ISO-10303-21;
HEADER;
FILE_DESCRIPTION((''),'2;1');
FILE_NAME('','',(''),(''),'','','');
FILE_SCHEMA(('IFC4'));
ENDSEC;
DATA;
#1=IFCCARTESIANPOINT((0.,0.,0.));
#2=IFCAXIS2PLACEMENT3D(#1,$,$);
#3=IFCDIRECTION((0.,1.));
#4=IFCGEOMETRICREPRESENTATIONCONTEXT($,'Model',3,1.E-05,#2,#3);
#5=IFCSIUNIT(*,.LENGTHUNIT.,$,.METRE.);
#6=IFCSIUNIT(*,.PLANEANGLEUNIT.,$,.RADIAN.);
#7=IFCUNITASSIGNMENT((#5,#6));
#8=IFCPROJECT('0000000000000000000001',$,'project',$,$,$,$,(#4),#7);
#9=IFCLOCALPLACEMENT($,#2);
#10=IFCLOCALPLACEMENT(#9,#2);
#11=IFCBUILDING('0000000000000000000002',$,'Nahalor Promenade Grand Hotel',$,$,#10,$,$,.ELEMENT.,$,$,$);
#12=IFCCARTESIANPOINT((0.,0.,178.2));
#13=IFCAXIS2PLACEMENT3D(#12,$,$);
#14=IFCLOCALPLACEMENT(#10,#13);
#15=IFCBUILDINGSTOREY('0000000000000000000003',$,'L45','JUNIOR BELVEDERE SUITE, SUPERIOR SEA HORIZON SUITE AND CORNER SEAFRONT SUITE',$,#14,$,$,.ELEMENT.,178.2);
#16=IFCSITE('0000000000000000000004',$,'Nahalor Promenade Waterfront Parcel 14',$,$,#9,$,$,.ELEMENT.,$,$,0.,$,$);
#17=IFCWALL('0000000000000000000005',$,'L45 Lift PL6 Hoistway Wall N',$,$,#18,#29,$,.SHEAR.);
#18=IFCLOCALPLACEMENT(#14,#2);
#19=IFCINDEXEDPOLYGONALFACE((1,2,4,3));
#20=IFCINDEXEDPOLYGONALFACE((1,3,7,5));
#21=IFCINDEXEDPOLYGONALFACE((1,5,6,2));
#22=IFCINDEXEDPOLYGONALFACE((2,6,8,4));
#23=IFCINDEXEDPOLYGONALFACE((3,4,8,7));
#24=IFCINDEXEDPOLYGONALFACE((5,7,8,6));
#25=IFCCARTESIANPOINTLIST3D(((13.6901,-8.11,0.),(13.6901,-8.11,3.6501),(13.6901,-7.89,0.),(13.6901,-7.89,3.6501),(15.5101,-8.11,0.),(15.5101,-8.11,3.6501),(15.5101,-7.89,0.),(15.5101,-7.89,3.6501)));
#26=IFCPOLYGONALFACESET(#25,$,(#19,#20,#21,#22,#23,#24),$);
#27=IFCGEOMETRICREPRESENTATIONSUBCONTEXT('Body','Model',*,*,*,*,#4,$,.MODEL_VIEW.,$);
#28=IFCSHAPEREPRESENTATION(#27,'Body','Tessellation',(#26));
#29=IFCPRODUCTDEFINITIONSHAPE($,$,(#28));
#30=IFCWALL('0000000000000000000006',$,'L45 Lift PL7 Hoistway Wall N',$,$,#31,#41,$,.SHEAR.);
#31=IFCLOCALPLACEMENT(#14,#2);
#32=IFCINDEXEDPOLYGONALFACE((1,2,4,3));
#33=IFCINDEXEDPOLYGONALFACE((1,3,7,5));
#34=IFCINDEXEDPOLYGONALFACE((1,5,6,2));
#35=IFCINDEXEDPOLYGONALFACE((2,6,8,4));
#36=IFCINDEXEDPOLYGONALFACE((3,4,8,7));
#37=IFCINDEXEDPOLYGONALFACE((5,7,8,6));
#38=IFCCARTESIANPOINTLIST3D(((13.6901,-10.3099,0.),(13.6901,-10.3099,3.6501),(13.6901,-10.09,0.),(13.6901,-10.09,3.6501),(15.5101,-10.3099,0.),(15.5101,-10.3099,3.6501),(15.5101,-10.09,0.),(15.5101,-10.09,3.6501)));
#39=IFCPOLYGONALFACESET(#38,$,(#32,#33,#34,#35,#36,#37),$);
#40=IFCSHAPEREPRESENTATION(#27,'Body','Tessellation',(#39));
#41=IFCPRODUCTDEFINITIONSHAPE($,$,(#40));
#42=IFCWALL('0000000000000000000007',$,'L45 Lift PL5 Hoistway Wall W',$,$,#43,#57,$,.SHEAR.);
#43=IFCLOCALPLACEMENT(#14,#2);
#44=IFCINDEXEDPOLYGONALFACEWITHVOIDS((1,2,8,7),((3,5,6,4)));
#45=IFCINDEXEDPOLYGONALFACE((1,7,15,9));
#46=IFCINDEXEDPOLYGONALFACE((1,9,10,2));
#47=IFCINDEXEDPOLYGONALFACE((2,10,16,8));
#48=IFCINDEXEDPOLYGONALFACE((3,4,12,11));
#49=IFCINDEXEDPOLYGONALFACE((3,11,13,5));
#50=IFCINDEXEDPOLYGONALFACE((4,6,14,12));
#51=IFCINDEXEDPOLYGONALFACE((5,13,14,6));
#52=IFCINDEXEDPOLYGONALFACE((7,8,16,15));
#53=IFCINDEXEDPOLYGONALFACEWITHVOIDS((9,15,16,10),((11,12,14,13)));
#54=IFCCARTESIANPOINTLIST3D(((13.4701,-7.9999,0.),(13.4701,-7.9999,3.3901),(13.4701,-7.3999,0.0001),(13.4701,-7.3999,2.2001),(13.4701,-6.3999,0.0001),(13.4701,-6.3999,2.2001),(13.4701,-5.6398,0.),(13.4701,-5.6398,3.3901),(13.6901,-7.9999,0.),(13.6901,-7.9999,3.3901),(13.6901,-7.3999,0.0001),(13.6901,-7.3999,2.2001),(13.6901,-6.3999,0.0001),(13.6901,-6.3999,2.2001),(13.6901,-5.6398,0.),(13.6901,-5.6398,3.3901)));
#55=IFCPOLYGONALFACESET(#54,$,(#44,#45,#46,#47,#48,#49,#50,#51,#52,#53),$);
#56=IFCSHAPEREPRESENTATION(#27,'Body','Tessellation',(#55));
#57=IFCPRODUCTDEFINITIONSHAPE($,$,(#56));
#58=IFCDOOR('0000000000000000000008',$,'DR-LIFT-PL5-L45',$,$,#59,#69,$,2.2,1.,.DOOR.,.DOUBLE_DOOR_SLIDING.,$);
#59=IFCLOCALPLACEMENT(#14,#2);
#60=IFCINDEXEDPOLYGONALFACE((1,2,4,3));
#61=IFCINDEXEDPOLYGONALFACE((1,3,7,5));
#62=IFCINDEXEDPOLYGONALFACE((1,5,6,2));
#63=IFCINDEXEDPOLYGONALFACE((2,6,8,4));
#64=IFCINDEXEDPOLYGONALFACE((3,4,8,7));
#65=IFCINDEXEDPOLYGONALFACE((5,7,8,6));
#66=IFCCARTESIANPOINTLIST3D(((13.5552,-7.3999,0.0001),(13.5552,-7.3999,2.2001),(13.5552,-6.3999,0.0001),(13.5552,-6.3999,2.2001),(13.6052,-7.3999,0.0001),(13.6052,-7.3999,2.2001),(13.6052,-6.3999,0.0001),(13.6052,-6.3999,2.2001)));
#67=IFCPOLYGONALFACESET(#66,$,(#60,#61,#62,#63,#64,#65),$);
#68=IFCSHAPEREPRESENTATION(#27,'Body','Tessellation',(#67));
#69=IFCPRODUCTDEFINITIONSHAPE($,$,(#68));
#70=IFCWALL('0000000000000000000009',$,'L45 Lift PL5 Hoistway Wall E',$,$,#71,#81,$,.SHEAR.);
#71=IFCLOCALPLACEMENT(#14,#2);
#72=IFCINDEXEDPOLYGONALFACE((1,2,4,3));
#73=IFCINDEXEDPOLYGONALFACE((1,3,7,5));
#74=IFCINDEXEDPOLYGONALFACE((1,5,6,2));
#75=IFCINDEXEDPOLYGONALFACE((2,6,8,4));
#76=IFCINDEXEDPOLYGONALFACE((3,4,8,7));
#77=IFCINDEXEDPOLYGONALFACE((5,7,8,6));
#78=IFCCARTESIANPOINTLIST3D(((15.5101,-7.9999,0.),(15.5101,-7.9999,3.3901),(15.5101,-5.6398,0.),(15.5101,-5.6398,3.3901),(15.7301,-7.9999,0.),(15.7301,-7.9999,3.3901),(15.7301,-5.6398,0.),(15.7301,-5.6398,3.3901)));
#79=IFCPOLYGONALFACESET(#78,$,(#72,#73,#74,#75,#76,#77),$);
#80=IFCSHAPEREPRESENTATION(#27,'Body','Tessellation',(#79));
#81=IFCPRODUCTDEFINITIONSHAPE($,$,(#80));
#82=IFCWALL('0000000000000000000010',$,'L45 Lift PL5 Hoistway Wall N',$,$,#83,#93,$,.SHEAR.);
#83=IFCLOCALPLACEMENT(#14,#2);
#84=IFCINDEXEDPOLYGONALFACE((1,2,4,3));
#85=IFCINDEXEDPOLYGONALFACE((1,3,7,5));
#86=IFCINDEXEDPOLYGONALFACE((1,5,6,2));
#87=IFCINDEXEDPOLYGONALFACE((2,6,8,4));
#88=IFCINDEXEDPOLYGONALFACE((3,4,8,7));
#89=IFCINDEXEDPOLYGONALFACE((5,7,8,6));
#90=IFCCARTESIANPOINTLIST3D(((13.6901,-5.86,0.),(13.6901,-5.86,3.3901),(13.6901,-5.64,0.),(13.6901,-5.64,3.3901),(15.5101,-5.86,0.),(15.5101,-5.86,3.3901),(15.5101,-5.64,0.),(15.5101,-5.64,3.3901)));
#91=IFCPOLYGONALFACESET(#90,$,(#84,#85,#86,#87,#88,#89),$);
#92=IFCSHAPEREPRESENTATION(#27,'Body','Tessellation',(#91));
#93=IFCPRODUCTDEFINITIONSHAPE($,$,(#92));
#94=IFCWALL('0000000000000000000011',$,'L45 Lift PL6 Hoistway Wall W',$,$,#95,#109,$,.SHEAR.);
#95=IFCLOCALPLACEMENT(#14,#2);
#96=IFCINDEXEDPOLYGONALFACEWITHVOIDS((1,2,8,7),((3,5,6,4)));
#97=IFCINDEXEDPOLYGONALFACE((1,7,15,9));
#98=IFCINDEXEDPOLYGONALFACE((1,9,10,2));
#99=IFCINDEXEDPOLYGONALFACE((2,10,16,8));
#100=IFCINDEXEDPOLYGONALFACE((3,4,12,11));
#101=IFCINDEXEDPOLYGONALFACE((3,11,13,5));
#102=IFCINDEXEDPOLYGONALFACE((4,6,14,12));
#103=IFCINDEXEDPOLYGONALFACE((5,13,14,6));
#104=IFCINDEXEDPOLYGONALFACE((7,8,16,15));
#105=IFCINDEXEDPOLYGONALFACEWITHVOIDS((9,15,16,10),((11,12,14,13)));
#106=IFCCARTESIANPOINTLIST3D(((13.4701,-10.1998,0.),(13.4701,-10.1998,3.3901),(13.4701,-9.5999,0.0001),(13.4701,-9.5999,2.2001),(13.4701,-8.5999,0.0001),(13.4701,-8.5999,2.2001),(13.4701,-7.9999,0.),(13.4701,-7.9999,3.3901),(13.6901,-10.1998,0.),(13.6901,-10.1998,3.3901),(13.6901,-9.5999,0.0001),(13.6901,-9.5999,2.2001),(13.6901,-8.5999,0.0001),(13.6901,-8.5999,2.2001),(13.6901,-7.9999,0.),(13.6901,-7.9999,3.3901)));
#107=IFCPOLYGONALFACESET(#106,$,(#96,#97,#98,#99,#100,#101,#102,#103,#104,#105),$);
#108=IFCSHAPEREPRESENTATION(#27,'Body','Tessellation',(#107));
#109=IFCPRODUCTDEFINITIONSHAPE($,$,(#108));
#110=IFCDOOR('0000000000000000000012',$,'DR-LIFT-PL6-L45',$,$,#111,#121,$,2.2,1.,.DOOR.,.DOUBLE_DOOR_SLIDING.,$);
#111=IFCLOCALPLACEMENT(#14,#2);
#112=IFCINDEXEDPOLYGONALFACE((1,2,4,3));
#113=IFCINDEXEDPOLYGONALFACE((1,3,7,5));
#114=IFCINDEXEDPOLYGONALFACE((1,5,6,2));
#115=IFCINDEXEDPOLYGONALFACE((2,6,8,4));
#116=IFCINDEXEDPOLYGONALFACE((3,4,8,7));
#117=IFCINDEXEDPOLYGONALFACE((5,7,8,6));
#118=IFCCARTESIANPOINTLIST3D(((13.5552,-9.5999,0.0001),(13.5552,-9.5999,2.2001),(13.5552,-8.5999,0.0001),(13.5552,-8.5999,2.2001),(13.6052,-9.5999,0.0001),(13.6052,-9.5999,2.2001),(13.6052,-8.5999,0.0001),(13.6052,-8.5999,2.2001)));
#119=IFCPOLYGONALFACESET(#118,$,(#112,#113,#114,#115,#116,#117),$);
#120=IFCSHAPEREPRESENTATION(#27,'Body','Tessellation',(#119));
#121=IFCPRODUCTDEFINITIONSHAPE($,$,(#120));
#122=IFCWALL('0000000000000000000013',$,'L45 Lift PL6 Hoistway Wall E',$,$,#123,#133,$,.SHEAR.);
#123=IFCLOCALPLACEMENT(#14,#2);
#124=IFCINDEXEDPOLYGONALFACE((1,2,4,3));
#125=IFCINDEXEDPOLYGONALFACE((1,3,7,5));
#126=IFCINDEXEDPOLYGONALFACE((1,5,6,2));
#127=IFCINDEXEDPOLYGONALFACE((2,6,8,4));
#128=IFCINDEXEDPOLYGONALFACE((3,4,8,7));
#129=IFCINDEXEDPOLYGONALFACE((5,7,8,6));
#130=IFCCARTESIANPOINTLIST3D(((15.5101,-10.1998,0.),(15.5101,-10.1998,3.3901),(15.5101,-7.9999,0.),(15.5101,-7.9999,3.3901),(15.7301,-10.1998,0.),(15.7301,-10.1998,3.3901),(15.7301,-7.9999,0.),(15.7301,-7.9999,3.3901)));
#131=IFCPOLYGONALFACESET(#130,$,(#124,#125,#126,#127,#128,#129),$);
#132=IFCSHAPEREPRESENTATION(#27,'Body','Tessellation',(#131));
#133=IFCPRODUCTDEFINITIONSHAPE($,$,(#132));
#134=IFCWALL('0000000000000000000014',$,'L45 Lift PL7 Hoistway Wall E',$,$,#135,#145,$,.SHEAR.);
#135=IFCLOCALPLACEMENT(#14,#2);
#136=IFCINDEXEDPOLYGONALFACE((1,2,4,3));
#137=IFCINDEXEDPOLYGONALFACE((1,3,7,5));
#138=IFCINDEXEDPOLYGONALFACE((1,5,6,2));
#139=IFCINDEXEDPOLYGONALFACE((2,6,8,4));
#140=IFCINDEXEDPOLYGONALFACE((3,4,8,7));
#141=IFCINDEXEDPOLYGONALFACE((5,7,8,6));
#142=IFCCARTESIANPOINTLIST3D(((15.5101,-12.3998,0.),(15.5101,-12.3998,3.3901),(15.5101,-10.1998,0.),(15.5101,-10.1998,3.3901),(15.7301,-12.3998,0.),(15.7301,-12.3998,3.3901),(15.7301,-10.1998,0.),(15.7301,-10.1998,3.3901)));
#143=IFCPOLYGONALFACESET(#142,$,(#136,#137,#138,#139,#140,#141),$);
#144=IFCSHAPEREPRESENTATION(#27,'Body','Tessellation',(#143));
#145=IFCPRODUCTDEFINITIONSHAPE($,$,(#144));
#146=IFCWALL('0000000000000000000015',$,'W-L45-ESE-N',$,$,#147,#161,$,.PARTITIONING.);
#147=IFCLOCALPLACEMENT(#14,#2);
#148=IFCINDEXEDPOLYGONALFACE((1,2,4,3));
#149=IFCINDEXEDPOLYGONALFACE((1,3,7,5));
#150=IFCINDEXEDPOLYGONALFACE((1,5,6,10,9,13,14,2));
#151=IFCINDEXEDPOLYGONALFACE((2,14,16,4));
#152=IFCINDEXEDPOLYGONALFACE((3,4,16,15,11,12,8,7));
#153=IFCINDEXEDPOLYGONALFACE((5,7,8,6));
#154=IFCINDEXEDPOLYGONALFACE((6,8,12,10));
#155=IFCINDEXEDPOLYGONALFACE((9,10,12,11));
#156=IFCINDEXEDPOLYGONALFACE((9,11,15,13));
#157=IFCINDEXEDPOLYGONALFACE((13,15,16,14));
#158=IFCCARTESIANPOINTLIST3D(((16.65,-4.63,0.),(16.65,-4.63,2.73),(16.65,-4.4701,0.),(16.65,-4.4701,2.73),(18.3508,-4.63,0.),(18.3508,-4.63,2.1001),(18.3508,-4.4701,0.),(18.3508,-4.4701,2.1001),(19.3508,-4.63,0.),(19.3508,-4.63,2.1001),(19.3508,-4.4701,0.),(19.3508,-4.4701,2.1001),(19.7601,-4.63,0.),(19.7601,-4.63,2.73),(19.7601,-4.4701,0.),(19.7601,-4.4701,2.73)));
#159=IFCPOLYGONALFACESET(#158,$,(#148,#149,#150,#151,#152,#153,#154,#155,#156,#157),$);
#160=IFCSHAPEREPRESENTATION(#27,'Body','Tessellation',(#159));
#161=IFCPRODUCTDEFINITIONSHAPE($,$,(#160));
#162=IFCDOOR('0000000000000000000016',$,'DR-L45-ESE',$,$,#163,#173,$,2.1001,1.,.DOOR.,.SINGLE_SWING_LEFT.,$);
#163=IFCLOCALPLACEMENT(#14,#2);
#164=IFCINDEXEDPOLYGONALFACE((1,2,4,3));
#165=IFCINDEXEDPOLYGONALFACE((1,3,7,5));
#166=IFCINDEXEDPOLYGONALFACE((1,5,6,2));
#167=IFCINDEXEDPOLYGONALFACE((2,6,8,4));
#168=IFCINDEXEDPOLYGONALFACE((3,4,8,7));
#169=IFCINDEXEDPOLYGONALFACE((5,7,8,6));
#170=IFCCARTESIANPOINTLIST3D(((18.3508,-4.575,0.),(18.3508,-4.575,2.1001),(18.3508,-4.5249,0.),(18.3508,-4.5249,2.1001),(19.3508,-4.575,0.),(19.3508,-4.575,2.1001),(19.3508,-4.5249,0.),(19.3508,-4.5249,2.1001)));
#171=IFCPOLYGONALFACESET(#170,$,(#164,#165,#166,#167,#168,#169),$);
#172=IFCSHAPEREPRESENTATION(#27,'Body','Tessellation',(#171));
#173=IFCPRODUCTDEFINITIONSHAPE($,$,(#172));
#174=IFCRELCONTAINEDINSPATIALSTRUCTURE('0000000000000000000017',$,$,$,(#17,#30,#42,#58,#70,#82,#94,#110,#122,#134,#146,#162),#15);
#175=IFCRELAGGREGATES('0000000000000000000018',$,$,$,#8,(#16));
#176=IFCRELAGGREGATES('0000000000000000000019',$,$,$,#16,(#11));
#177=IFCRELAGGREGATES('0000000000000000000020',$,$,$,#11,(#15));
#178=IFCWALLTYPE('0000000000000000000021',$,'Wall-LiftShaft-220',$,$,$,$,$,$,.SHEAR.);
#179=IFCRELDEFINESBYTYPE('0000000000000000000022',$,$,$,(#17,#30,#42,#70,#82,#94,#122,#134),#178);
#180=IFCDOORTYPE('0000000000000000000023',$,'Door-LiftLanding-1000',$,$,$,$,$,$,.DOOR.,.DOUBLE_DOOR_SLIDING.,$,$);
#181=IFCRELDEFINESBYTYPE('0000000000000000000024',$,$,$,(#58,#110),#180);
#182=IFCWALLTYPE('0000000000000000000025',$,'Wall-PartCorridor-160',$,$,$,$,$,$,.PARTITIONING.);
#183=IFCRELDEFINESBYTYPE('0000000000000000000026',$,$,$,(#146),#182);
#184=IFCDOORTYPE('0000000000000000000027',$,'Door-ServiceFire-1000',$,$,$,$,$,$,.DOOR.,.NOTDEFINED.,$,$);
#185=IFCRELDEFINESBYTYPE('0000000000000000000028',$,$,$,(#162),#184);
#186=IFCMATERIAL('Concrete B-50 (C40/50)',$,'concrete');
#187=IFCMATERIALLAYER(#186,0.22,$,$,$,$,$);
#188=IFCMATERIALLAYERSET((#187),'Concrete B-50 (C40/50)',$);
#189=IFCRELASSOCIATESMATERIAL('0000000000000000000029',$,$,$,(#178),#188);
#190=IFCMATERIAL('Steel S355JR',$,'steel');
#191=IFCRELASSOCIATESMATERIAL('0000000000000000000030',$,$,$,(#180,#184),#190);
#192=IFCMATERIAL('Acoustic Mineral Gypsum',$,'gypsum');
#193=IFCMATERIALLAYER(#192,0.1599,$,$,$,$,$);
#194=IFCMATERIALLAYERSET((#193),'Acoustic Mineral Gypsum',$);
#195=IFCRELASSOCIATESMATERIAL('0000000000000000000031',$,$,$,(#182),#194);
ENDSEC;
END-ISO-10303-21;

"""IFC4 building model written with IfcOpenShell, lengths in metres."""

from ifc_helpers import new_model, si_unit, direction, frame, frame_2d, origin, place, context, subcontext, project, spatial, rectangle, extrude, source, transform, mapped, material, layer, layer_set, type_object, element, fill, save


model = new_model("IFC4")

# Units and contexts
model_context = context("Model", 3, precision=1e-05, world=origin(), true_north=direction((0.0, 1.0)))
body_context = subcontext(model_context, "Body", "Model", "MODEL_VIEW")
ifc_project = project(units=[si_unit("LENGTHUNIT", "METRE"), si_unit("PLANEANGLEUNIT", "RADIAN")], contexts=[model_context])

# Site, building, storey
site_placement = place(None, origin())
site = spatial("IfcSite", under=ifc_project, at=site_placement, Name="Nahalor Promenade Waterfront Parcel 14", CompositionType="ELEMENT", RefElevation=0.0)
building_placement = place(site_placement, origin())
building = spatial("IfcBuilding", under=site, at=building_placement, Name="Nahalor Promenade Grand Hotel", CompositionType="ELEMENT")
storey_placement = place(building_placement, frame((0.0, 0.0, 178.2)))
storey = spatial("IfcBuildingStorey", under=building, at=storey_placement, Name="L45", Description="JUNIOR BELVEDERE SUITE, SUPERIOR SEA HORIZON SUITE AND CORNER SEAFRONT SUITE", CompositionType="ELEMENT", Elevation=178.2)

# Shared definitions
ifc_material_1 = material(Name="Steel S355JR", Category="steel")

# Walls
ifc_material_2 = material(Name="Concrete B-50 (C40/50)", Category="concrete")
ifc_layer_1 = layer(ifc_material_2, 0.22)
ifc_layer_set_1 = layer_set([ifc_layer_1], Name="Concrete B-50 (C40/50)")
wall_type_1 = type_object("IfcWallType", Name="Wall-LiftShaft-220", PredefinedType="SHEAR", material=ifc_layer_set_1)
shared_shape_1 = source(origin(), body_context, "Body", "SweptSolid", [
    extrude(rectangle(XDim=1.8201, YDim=0.22, at=frame_2d((0.9102, 0.0))), origin(), (0.0, 0.0, 1.0), 3.6501),
])
for number, where, z_axis, x_axis, name in (
    (1, (13.6899, -8.0, 0.0), (0.0, 0.0, 1.0), (1.0, 0.0, 0.0), "L45 Lift PL6 Hoistway Wall N"),
    (2, (13.6899, -10.2, 0.0), (0.0, 0.0, 1.0), (1.0, 0.0, 0.0), "L45 Lift PL7 Hoistway Wall N"),
):
    element("IfcWall", number, at=place(storey_placement, frame(where, z_axis=z_axis, x_axis=x_axis)), inside=storey, type_object=wall_type_1, Name=name, PredefinedType="SHEAR", context=body_context, shape_type="MappedRepresentation", body=[
        mapped(shared_shape_1, transform((0.0, 0.0, 0.0), scale=1.0)),
    ])

# Wall, opening, door
shared_shape_2 = source(origin(), body_context, "Body", "SweptSolid", [
    extrude(rectangle(XDim=2.3601, YDim=0.22, at=frame_2d((1.1802, 0.0))), origin(), (0.0, 0.0, 1.0), 3.3901),
])
wall_1_placement = place(storey_placement, frame((13.5801, -8.0, 0.0), z_axis=(0.0, 0.0, 1.0), x_axis=(0.0, 1.0, 0.0)))
wall_1 = element("IfcWall", 3, at=wall_1_placement, inside=storey, type_object=wall_type_1, Name="L45 Lift PL5 Hoistway Wall W", PredefinedType="SHEAR", context=body_context, shape_type="MappedRepresentation", body=[
    mapped(shared_shape_2, transform((0.0, 0.0, 0.0), scale=1.0)),
])
opening_1_placement = place(wall_1_placement, frame((0.6001, 0.0, 0.0)))
opening_1 = element("IfcOpeningElement", 4, at=opening_1_placement, cuts=wall_1, PredefinedType="OPENING", context=body_context, shape_type="SweptSolid", body=[
    extrude(rectangle(XDim=1.0, YDim=2.2, at=frame_2d((0.5, 1.1001))), frame((0.0, 0.1199, 0.0), z_axis=(0.0, -1.0, 0.0), x_axis=(1.0, 0.0, 0.0)), (0.0, 0.0, 1.0), 0.24),
])
door_type_1 = type_object("IfcDoorType", Name="Door-LiftLanding-1000", OperationType="DOUBLE_DOOR_SLIDING", PredefinedType="DOOR", material=ifc_material_1)
shared_shape_3 = source(origin(), body_context, "Body", "SweptSolid", [
    extrude(rectangle(XDim=1.0, YDim=2.2, at=frame_2d((0.5, 1.1001))), frame((0.0, 0.0249, 0.0), z_axis=(0.0, -1.0, 0.0), x_axis=(1.0, 0.0, 0.0)), (0.0, 0.0, 1.0), 0.05),
])
door_1_placement = place(opening_1_placement, origin())
door_1 = element("IfcDoor", 5, at=door_1_placement, inside=storey, type_object=door_type_1, Name="DR-LIFT-PL5-L45", OperationType="DOUBLE_DOOR_SLIDING", OverallHeight=2.2, OverallWidth=1.0, PredefinedType="DOOR", context=body_context, shape_type="MappedRepresentation", body=[
    mapped(shared_shape_3, transform((0.0, 0.0, 0.0), scale=1.0)),
])
fill(opening_1, door_1)

# Walls
wall_2_placement = place(storey_placement, frame((15.6201, -8.0, 0.0), z_axis=(0.0, 0.0, 1.0), x_axis=(0.0, 1.0, 0.0)))
element("IfcWall", 6, at=wall_2_placement, inside=storey, type_object=wall_type_1, Name="L45 Lift PL5 Hoistway Wall E", PredefinedType="SHEAR", context=body_context, shape_type="MappedRepresentation", body=[
    mapped(shared_shape_2, transform((0.0, 0.0, 0.0), scale=1.0)),
])
shared_shape_4 = source(origin(), body_context, "Body", "SweptSolid", [
    extrude(rectangle(XDim=1.8201, YDim=0.22, at=frame_2d((0.9102, 0.0))), origin(), (0.0, 0.0, 1.0), 3.3901),
])
wall_3_placement = place(storey_placement, frame((13.6899, -5.75, 0.0), z_axis=(0.0, 0.0, 1.0), x_axis=(1.0, 0.0, 0.0)))
element("IfcWall", 7, at=wall_3_placement, inside=storey, type_object=wall_type_1, Name="L45 Lift PL5 Hoistway Wall N", PredefinedType="SHEAR", context=body_context, shape_type="MappedRepresentation", body=[
    mapped(shared_shape_4, transform((0.0, 0.0, 0.0), scale=1.0)),
])

# Wall, opening, door
shared_shape_5 = source(origin(), body_context, "Body", "SweptSolid", [
    extrude(rectangle(XDim=2.2, YDim=0.22, at=frame_2d((1.1001, 0.0))), origin(), (0.0, 0.0, 1.0), 3.3901),
])
wall_4_placement = place(storey_placement, frame((13.5801, -10.2, 0.0), z_axis=(0.0, 0.0, 1.0), x_axis=(0.0, 1.0, 0.0)))
wall_4 = element("IfcWall", 8, at=wall_4_placement, inside=storey, type_object=wall_type_1, Name="L45 Lift PL6 Hoistway Wall W", PredefinedType="SHEAR", context=body_context, shape_type="MappedRepresentation", body=[
    mapped(shared_shape_5, transform((0.0, 0.0, 0.0), scale=1.0)),
])
opening_2_placement = place(wall_4_placement, frame((0.6001, 0.0, 0.0)))
opening_2 = element("IfcOpeningElement", 9, at=opening_2_placement, cuts=wall_4, PredefinedType="OPENING", context=body_context, shape_type="SweptSolid", body=[
    extrude(rectangle(XDim=1.0, YDim=2.2, at=frame_2d((0.5, 1.1001))), frame((0.0, 0.1199, 0.0), z_axis=(0.0, -1.0, 0.0), x_axis=(1.0, 0.0, 0.0)), (0.0, 0.0, 1.0), 0.24),
])
door_2_placement = place(opening_2_placement, origin())
door_2 = element("IfcDoor", 10, at=door_2_placement, inside=storey, type_object=door_type_1, Name="DR-LIFT-PL6-L45", OperationType="DOUBLE_DOOR_SLIDING", OverallHeight=2.2, OverallWidth=1.0, PredefinedType="DOOR", context=body_context, shape_type="MappedRepresentation", body=[
    mapped(shared_shape_3, transform((0.0, 0.0, 0.0), scale=1.0)),
])
fill(opening_2, door_2)

# Walls
for number, where, z_axis, x_axis, name in (
    (11, (15.6201, -10.2, 0.0), (0.0, 0.0, 1.0), (0.0, 1.0, 0.0), "L45 Lift PL6 Hoistway Wall E"),
    (12, (15.6201, -12.3999, 0.0), (0.0, 0.0, 1.0), (0.0, 1.0, 0.0), "L45 Lift PL7 Hoistway Wall E"),
):
    element("IfcWall", number, at=place(storey_placement, frame(where, z_axis=z_axis, x_axis=x_axis)), inside=storey, type_object=wall_type_1, Name=name, PredefinedType="SHEAR", context=body_context, shape_type="MappedRepresentation", body=[
        mapped(shared_shape_5, transform((0.0, 0.0, 0.0), scale=1.0)),
    ])

# Wall, opening, door
ifc_material_3 = material(Name="Acoustic Mineral Gypsum", Category="gypsum")
ifc_layer_2 = layer(ifc_material_3, 0.1599)
ifc_layer_set_2 = layer_set([ifc_layer_2], Name="Acoustic Mineral Gypsum")
wall_type_2 = type_object("IfcWallType", Name="Wall-PartCorridor-160", PredefinedType="PARTITIONING", material=ifc_layer_set_2)
shared_shape_6 = source(origin(), body_context, "Body", "SweptSolid", [
    extrude(rectangle(XDim=3.1101, YDim=0.1599, at=frame_2d((1.5552, 0.0))), origin(), (0.0, 0.0, 1.0), 2.73),
])
wall_5_placement = place(storey_placement, frame((16.6499, -4.55, 0.0), z_axis=(0.0, 0.0, 1.0), x_axis=(1.0, 0.0, 0.0)))
wall_5 = element("IfcWall", 13, at=wall_5_placement, inside=storey, type_object=wall_type_2, Name="W-L45-ESE-N", PredefinedType="PARTITIONING", context=body_context, shape_type="MappedRepresentation", body=[
    mapped(shared_shape_6, transform((0.0, 0.0, 0.0), scale=1.0)),
])
opening_3_placement = place(wall_5_placement, frame((1.7009, 0.0, 0.0)))
opening_3 = element("IfcOpeningElement", 14, at=opening_3_placement, cuts=wall_5, PredefinedType="OPENING", context=body_context, shape_type="SweptSolid", body=[
    extrude(rectangle(XDim=1.0, YDim=2.1001, at=frame_2d((0.5, 1.05))), frame((0.0, 0.0898, 0.0), z_axis=(0.0, -1.0, 0.0), x_axis=(1.0, 0.0, 0.0)), (0.0, 0.0, 1.0), 0.1799),
])
door_type_2 = type_object("IfcDoorType", Name="Door-ServiceFire-1000", OperationType="NOTDEFINED", PredefinedType="DOOR", material=ifc_material_1)
shared_shape_7 = source(origin(), body_context, "Body", "SweptSolid", [
    extrude(rectangle(XDim=1.0, YDim=2.1001, at=frame_2d((0.5, 1.05))), frame((0.0, 0.0249, 0.0), z_axis=(0.0, -1.0, 0.0), x_axis=(1.0, 0.0, 0.0)), (0.0, 0.0, 1.0), 0.05),
])
door_3_placement = place(opening_3_placement, frame((1.0, 0.0, 0.0), z_axis=(0.0, 0.0, 1.0), x_axis=(-1.0, 0.0, 0.0)))
door_3 = element("IfcDoor", 15, at=door_3_placement, inside=storey, type_object=door_type_2, Name="DR-L45-ESE", OperationType="SINGLE_SWING_LEFT", OverallHeight=2.1001, OverallWidth=1.0, PredefinedType="DOOR", context=body_context, shape_type="MappedRepresentation", body=[
    mapped(shared_shape_7, transform((0.0, 0.0, 0.0), scale=1.0)),
])
fill(opening_3, door_3)

save(model, "model.ifc")
